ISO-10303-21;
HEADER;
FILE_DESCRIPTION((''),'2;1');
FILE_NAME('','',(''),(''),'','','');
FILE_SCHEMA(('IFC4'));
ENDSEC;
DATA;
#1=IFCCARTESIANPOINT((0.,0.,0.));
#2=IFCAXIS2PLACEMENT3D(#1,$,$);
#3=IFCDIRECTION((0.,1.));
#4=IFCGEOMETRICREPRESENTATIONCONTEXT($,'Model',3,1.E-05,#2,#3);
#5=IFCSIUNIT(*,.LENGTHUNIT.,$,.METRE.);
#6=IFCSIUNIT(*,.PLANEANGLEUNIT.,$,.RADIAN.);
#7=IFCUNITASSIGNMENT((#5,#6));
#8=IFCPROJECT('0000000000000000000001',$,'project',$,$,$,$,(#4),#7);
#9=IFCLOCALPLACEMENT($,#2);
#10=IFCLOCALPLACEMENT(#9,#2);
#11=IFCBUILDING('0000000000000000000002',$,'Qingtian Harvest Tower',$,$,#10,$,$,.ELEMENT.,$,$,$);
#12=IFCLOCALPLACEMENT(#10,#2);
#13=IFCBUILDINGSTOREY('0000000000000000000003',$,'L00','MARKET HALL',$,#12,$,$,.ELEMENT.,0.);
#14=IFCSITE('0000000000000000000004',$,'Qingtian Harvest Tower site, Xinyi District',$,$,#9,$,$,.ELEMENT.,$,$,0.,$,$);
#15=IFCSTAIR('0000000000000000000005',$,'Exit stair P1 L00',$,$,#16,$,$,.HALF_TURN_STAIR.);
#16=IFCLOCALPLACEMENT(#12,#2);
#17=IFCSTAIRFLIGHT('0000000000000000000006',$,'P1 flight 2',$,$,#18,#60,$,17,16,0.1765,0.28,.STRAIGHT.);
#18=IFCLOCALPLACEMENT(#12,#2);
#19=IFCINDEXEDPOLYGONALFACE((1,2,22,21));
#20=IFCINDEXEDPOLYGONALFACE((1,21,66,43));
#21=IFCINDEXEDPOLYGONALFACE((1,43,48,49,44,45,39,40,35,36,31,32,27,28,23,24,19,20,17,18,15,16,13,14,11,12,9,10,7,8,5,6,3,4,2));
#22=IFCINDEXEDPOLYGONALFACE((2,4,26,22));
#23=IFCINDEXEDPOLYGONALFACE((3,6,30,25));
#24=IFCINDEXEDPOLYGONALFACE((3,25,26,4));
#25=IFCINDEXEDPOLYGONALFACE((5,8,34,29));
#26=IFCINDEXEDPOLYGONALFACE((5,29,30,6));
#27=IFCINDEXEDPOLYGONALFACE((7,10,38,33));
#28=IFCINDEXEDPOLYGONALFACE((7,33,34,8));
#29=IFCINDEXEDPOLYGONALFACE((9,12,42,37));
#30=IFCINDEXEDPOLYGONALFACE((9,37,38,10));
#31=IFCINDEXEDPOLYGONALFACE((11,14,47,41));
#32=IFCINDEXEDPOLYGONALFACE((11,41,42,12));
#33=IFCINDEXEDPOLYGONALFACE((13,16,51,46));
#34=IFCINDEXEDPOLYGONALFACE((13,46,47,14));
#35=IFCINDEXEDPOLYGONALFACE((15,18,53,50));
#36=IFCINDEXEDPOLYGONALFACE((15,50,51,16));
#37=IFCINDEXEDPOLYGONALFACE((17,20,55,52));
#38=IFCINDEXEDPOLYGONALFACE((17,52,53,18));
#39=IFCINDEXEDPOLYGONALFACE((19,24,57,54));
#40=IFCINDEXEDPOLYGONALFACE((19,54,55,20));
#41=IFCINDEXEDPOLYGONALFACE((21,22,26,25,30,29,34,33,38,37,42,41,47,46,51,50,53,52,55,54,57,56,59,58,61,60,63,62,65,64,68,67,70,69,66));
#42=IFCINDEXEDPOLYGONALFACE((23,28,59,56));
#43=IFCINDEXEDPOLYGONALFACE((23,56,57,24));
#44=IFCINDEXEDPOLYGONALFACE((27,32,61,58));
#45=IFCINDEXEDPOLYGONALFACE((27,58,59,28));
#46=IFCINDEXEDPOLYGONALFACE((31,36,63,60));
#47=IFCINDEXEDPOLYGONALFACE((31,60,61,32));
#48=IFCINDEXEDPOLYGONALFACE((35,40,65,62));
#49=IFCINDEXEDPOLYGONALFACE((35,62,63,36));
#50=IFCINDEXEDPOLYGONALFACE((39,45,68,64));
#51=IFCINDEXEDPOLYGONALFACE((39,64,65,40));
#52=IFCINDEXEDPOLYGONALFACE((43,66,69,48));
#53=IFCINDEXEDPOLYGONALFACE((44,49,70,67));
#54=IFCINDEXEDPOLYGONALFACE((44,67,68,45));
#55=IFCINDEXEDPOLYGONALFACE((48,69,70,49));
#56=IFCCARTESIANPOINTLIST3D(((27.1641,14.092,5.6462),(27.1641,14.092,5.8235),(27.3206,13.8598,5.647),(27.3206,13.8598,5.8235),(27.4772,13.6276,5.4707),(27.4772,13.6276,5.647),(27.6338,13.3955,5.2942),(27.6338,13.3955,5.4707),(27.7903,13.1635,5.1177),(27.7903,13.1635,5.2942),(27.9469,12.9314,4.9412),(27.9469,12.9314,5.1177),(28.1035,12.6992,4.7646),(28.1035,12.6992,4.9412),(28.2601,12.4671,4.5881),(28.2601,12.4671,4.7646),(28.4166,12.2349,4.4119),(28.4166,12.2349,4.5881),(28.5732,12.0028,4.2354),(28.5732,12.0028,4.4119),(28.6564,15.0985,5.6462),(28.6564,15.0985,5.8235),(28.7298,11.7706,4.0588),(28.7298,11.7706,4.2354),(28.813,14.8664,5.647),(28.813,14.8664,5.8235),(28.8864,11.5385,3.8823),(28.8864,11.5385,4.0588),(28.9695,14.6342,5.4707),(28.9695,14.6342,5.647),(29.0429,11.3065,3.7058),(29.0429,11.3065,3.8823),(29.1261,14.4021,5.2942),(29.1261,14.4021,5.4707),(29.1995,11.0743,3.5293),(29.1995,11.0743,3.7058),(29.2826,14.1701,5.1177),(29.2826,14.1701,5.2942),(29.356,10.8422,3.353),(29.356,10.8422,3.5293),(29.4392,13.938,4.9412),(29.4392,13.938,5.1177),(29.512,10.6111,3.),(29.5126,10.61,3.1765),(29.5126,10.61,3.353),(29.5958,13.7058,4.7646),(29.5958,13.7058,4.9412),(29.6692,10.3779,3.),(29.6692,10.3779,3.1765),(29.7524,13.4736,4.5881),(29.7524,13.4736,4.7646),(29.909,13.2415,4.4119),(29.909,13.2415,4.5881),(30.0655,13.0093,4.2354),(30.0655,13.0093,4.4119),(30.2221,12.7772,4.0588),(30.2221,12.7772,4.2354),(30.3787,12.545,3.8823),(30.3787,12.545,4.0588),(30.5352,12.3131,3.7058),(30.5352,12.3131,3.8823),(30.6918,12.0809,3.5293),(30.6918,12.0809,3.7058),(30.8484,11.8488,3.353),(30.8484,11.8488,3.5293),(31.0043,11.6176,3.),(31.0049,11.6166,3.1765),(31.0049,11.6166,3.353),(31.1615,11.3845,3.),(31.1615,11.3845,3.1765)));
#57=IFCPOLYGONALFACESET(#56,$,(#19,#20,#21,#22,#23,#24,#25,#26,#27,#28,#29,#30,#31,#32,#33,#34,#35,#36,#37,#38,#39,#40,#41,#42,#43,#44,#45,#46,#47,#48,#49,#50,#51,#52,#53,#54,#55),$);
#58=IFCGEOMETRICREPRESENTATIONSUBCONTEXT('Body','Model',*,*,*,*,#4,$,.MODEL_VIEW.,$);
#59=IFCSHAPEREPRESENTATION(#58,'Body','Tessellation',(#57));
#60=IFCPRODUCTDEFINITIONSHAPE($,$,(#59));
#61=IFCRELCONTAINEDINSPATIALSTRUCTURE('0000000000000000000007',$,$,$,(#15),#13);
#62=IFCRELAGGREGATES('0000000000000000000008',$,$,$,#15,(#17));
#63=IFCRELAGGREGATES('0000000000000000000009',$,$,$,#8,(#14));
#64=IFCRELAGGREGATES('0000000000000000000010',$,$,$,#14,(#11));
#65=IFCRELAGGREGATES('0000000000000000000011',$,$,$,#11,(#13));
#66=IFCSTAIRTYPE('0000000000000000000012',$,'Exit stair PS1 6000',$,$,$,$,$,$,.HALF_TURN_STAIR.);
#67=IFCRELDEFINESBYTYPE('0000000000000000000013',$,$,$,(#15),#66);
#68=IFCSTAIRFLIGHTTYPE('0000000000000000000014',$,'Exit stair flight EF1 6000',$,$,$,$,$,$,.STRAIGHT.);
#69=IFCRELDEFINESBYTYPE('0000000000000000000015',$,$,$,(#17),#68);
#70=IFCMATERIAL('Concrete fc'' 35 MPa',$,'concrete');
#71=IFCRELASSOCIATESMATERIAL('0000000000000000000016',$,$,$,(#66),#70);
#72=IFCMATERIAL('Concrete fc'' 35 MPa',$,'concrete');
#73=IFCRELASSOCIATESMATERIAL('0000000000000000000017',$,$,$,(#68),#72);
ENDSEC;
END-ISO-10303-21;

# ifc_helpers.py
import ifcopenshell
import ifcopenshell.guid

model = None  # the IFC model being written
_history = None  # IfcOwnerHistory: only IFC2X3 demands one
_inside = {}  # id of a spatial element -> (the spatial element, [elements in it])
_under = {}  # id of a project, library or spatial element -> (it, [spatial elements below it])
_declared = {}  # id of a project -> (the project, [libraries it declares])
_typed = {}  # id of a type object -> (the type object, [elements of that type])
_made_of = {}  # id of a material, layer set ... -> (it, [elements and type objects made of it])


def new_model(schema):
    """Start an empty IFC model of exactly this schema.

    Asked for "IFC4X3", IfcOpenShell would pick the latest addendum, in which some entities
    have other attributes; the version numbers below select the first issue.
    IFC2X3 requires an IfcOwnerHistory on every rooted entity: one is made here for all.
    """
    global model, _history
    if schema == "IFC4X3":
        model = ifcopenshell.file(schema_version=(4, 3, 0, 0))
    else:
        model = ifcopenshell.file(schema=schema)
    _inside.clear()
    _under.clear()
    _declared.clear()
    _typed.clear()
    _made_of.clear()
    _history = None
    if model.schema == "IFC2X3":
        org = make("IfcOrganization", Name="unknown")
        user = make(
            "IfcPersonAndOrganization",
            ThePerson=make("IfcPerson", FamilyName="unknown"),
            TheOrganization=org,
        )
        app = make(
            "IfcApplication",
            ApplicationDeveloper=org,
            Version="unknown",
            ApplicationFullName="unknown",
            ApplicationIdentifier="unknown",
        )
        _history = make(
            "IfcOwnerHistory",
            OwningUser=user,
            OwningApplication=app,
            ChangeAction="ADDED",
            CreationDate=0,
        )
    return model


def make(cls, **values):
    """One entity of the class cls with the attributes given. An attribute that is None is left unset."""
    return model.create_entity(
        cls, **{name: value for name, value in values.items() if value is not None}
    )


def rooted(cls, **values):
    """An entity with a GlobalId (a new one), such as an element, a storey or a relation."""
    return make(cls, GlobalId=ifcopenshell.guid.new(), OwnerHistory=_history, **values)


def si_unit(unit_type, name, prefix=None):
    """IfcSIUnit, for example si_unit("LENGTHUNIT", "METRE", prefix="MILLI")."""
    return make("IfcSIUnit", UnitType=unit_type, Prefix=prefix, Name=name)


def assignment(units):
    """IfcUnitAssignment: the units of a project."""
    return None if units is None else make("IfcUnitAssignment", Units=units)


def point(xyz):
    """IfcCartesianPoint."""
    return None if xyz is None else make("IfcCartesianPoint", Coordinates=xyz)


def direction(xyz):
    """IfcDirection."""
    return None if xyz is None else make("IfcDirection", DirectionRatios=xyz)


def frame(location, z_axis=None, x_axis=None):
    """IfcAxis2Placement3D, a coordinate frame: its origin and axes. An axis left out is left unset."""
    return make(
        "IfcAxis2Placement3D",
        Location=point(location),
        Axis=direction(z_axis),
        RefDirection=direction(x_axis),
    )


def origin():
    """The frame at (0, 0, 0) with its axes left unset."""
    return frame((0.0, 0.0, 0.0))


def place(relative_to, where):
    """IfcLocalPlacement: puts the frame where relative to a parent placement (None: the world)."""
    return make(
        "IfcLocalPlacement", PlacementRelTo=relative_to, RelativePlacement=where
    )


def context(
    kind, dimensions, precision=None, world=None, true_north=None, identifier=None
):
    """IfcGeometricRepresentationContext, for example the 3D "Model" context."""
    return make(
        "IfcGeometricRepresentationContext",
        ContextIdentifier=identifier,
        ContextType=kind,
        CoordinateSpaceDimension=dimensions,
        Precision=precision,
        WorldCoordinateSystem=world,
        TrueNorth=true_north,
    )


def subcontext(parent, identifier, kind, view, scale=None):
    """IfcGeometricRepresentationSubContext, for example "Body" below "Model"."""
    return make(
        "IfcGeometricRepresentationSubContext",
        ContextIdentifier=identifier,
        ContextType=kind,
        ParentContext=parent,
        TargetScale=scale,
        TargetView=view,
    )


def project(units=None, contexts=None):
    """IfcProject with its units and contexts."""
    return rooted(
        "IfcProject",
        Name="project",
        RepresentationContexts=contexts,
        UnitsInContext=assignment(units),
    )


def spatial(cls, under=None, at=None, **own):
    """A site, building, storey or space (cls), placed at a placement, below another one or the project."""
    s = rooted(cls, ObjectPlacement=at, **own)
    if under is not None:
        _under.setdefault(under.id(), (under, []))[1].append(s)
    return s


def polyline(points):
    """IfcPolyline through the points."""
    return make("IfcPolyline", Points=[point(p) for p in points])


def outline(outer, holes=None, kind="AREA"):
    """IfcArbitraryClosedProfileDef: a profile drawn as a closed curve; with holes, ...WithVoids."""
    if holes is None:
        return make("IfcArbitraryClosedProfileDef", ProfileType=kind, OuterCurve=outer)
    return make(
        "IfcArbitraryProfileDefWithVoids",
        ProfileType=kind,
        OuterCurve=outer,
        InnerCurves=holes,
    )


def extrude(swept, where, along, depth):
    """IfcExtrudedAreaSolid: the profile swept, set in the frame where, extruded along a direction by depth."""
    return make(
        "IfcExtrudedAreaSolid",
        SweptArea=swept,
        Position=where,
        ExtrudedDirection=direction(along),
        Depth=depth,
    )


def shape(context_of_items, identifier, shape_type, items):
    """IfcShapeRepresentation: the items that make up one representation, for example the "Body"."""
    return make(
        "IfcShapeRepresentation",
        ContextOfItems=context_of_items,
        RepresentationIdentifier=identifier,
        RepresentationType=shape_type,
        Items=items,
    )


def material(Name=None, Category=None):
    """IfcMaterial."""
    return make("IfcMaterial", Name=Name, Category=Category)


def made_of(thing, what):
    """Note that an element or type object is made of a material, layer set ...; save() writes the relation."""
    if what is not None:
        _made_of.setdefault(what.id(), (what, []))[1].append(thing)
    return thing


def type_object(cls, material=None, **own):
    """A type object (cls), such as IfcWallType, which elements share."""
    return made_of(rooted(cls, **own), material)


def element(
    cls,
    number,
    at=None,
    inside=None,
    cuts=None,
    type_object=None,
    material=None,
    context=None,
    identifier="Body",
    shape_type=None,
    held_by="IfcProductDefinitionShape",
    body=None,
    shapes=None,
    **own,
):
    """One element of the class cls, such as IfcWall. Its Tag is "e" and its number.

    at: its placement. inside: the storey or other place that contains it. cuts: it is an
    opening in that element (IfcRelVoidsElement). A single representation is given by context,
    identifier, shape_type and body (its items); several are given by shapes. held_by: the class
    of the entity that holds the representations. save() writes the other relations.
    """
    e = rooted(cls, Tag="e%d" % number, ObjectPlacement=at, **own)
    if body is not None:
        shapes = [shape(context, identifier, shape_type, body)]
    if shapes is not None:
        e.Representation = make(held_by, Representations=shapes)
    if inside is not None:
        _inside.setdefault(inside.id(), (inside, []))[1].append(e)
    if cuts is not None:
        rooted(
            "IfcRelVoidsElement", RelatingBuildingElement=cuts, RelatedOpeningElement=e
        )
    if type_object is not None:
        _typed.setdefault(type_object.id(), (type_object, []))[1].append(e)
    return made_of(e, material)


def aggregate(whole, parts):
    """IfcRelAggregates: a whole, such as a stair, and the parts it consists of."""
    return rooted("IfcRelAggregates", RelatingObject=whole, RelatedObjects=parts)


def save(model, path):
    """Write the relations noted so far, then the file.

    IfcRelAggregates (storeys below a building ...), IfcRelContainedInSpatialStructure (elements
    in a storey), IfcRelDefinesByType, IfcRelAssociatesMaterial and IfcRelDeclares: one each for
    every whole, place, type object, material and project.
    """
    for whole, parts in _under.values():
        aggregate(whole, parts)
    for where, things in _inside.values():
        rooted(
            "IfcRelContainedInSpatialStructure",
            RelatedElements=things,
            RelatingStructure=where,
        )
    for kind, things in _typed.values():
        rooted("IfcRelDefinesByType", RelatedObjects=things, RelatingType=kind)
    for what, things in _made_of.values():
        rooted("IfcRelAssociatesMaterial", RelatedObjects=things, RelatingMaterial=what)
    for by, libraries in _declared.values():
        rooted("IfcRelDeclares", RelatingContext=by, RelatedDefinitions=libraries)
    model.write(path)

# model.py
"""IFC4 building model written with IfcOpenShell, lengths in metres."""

from ifc_helpers import new_model, si_unit, direction, frame, origin, place, context, subcontext, project, spatial, polyline, outline, extrude, material, type_object, element, aggregate, save


model = new_model("IFC4")

# Units and contexts
model_context = context("Model", 3, precision=1e-05, world=origin(), true_north=direction((0.0, 1.0)))
body_context = subcontext(model_context, "Body", "Model", "MODEL_VIEW")
ifc_project = project(units=[si_unit("LENGTHUNIT", "METRE"), si_unit("PLANEANGLEUNIT", "RADIAN")], contexts=[model_context])

# Site, building, storey
site_placement = place(None, origin())
site = spatial("IfcSite", under=ifc_project, at=site_placement, Name="Qingtian Harvest Tower site, Xinyi District", CompositionType="ELEMENT", RefElevation=0.0)
building_placement = place(site_placement, origin())
building = spatial("IfcBuilding", under=site, at=building_placement, Name="Qingtian Harvest Tower", CompositionType="ELEMENT")
storey_placement = place(building_placement, origin())
storey = spatial("IfcBuildingStorey", under=building, at=storey_placement, Name="L00", Description="MARKET HALL", CompositionType="ELEMENT", Elevation=0.0)

# Stair, stair flight
ifc_material_1 = material(Name="Concrete fc' 35 MPa", Category="concrete")
stair_type = type_object("IfcStairType", Name="Exit stair PS1 6000", PredefinedType="HALF_TURN_STAIR", material=ifc_material_1)
stair_placement = place(storey_placement, origin())
stair = element("IfcStair", 1, at=stair_placement, inside=storey, type_object=stair_type, Name="Exit stair P1 L00", PredefinedType="HALF_TURN_STAIR")
ifc_material_2 = material(Name="Concrete fc' 35 MPa", Category="concrete")
stair_flight_type = type_object("IfcStairFlightType", Name="Exit stair flight EF1 6000", PredefinedType="STRAIGHT", material=ifc_material_2)
stair_flight_1_placement = place(storey_placement, frame((30.4153, 10.8811, 3.0), z_axis=(0.0, 0.0, 1.0), x_axis=(-0.559193, 0.829038, 0.0)))
stair_flight_1 = element("IfcStairFlight", 2, at=stair_flight_1_placement, type_object=stair_flight_type, Name="P1 flight 2", NumberOfRisers=17, NumberOfTreads=16, PredefinedType="STRAIGHT", RiserHeight=0.1765, TreadLength=0.28, context=body_context, shape_type="SweptSolid", body=[
    extrude(outline(polyline([(0.0, 0.0), (0.0, 0.1765), (0.28, 0.1765), (0.28, 0.353), (0.5601, 0.353), (0.5601, 0.5293), (0.8401, 0.5293), (0.8401, 0.7058), (1.1201, 0.7058), (1.1201, 0.8823), (1.3999, 0.8823), (1.3999, 1.0588), (1.6799, 1.0588), (1.6799, 1.2354), (1.96, 1.2354), (1.96, 1.4119), (2.24, 1.4119), (2.24, 1.5881), (2.52, 1.5881), (2.52, 1.7646), (2.8, 1.7646), (2.8, 1.9412), (3.0801, 1.9412), (3.0801, 2.1177), (3.3601, 2.1177), (3.3601, 2.2942), (3.6399, 2.2942), (3.6399, 2.4707), (3.9199, 2.4707), (3.9199, 2.647), (4.2, 2.647), (4.2, 2.8235), (4.48, 2.8235), (4.48, 3.0), (4.48, 2.6462), (0.2812, 0.0), (0.0, 0.0)])), frame((0.0, 0.8999, 0.0), z_axis=(0.0, -1.0, 0.0), x_axis=(1.0, 0.0, 0.0)), (0.0, 0.0, 1.0), 1.8),
])
aggregate(stair, [stair_flight_1])

save(model, "model.ifc")
